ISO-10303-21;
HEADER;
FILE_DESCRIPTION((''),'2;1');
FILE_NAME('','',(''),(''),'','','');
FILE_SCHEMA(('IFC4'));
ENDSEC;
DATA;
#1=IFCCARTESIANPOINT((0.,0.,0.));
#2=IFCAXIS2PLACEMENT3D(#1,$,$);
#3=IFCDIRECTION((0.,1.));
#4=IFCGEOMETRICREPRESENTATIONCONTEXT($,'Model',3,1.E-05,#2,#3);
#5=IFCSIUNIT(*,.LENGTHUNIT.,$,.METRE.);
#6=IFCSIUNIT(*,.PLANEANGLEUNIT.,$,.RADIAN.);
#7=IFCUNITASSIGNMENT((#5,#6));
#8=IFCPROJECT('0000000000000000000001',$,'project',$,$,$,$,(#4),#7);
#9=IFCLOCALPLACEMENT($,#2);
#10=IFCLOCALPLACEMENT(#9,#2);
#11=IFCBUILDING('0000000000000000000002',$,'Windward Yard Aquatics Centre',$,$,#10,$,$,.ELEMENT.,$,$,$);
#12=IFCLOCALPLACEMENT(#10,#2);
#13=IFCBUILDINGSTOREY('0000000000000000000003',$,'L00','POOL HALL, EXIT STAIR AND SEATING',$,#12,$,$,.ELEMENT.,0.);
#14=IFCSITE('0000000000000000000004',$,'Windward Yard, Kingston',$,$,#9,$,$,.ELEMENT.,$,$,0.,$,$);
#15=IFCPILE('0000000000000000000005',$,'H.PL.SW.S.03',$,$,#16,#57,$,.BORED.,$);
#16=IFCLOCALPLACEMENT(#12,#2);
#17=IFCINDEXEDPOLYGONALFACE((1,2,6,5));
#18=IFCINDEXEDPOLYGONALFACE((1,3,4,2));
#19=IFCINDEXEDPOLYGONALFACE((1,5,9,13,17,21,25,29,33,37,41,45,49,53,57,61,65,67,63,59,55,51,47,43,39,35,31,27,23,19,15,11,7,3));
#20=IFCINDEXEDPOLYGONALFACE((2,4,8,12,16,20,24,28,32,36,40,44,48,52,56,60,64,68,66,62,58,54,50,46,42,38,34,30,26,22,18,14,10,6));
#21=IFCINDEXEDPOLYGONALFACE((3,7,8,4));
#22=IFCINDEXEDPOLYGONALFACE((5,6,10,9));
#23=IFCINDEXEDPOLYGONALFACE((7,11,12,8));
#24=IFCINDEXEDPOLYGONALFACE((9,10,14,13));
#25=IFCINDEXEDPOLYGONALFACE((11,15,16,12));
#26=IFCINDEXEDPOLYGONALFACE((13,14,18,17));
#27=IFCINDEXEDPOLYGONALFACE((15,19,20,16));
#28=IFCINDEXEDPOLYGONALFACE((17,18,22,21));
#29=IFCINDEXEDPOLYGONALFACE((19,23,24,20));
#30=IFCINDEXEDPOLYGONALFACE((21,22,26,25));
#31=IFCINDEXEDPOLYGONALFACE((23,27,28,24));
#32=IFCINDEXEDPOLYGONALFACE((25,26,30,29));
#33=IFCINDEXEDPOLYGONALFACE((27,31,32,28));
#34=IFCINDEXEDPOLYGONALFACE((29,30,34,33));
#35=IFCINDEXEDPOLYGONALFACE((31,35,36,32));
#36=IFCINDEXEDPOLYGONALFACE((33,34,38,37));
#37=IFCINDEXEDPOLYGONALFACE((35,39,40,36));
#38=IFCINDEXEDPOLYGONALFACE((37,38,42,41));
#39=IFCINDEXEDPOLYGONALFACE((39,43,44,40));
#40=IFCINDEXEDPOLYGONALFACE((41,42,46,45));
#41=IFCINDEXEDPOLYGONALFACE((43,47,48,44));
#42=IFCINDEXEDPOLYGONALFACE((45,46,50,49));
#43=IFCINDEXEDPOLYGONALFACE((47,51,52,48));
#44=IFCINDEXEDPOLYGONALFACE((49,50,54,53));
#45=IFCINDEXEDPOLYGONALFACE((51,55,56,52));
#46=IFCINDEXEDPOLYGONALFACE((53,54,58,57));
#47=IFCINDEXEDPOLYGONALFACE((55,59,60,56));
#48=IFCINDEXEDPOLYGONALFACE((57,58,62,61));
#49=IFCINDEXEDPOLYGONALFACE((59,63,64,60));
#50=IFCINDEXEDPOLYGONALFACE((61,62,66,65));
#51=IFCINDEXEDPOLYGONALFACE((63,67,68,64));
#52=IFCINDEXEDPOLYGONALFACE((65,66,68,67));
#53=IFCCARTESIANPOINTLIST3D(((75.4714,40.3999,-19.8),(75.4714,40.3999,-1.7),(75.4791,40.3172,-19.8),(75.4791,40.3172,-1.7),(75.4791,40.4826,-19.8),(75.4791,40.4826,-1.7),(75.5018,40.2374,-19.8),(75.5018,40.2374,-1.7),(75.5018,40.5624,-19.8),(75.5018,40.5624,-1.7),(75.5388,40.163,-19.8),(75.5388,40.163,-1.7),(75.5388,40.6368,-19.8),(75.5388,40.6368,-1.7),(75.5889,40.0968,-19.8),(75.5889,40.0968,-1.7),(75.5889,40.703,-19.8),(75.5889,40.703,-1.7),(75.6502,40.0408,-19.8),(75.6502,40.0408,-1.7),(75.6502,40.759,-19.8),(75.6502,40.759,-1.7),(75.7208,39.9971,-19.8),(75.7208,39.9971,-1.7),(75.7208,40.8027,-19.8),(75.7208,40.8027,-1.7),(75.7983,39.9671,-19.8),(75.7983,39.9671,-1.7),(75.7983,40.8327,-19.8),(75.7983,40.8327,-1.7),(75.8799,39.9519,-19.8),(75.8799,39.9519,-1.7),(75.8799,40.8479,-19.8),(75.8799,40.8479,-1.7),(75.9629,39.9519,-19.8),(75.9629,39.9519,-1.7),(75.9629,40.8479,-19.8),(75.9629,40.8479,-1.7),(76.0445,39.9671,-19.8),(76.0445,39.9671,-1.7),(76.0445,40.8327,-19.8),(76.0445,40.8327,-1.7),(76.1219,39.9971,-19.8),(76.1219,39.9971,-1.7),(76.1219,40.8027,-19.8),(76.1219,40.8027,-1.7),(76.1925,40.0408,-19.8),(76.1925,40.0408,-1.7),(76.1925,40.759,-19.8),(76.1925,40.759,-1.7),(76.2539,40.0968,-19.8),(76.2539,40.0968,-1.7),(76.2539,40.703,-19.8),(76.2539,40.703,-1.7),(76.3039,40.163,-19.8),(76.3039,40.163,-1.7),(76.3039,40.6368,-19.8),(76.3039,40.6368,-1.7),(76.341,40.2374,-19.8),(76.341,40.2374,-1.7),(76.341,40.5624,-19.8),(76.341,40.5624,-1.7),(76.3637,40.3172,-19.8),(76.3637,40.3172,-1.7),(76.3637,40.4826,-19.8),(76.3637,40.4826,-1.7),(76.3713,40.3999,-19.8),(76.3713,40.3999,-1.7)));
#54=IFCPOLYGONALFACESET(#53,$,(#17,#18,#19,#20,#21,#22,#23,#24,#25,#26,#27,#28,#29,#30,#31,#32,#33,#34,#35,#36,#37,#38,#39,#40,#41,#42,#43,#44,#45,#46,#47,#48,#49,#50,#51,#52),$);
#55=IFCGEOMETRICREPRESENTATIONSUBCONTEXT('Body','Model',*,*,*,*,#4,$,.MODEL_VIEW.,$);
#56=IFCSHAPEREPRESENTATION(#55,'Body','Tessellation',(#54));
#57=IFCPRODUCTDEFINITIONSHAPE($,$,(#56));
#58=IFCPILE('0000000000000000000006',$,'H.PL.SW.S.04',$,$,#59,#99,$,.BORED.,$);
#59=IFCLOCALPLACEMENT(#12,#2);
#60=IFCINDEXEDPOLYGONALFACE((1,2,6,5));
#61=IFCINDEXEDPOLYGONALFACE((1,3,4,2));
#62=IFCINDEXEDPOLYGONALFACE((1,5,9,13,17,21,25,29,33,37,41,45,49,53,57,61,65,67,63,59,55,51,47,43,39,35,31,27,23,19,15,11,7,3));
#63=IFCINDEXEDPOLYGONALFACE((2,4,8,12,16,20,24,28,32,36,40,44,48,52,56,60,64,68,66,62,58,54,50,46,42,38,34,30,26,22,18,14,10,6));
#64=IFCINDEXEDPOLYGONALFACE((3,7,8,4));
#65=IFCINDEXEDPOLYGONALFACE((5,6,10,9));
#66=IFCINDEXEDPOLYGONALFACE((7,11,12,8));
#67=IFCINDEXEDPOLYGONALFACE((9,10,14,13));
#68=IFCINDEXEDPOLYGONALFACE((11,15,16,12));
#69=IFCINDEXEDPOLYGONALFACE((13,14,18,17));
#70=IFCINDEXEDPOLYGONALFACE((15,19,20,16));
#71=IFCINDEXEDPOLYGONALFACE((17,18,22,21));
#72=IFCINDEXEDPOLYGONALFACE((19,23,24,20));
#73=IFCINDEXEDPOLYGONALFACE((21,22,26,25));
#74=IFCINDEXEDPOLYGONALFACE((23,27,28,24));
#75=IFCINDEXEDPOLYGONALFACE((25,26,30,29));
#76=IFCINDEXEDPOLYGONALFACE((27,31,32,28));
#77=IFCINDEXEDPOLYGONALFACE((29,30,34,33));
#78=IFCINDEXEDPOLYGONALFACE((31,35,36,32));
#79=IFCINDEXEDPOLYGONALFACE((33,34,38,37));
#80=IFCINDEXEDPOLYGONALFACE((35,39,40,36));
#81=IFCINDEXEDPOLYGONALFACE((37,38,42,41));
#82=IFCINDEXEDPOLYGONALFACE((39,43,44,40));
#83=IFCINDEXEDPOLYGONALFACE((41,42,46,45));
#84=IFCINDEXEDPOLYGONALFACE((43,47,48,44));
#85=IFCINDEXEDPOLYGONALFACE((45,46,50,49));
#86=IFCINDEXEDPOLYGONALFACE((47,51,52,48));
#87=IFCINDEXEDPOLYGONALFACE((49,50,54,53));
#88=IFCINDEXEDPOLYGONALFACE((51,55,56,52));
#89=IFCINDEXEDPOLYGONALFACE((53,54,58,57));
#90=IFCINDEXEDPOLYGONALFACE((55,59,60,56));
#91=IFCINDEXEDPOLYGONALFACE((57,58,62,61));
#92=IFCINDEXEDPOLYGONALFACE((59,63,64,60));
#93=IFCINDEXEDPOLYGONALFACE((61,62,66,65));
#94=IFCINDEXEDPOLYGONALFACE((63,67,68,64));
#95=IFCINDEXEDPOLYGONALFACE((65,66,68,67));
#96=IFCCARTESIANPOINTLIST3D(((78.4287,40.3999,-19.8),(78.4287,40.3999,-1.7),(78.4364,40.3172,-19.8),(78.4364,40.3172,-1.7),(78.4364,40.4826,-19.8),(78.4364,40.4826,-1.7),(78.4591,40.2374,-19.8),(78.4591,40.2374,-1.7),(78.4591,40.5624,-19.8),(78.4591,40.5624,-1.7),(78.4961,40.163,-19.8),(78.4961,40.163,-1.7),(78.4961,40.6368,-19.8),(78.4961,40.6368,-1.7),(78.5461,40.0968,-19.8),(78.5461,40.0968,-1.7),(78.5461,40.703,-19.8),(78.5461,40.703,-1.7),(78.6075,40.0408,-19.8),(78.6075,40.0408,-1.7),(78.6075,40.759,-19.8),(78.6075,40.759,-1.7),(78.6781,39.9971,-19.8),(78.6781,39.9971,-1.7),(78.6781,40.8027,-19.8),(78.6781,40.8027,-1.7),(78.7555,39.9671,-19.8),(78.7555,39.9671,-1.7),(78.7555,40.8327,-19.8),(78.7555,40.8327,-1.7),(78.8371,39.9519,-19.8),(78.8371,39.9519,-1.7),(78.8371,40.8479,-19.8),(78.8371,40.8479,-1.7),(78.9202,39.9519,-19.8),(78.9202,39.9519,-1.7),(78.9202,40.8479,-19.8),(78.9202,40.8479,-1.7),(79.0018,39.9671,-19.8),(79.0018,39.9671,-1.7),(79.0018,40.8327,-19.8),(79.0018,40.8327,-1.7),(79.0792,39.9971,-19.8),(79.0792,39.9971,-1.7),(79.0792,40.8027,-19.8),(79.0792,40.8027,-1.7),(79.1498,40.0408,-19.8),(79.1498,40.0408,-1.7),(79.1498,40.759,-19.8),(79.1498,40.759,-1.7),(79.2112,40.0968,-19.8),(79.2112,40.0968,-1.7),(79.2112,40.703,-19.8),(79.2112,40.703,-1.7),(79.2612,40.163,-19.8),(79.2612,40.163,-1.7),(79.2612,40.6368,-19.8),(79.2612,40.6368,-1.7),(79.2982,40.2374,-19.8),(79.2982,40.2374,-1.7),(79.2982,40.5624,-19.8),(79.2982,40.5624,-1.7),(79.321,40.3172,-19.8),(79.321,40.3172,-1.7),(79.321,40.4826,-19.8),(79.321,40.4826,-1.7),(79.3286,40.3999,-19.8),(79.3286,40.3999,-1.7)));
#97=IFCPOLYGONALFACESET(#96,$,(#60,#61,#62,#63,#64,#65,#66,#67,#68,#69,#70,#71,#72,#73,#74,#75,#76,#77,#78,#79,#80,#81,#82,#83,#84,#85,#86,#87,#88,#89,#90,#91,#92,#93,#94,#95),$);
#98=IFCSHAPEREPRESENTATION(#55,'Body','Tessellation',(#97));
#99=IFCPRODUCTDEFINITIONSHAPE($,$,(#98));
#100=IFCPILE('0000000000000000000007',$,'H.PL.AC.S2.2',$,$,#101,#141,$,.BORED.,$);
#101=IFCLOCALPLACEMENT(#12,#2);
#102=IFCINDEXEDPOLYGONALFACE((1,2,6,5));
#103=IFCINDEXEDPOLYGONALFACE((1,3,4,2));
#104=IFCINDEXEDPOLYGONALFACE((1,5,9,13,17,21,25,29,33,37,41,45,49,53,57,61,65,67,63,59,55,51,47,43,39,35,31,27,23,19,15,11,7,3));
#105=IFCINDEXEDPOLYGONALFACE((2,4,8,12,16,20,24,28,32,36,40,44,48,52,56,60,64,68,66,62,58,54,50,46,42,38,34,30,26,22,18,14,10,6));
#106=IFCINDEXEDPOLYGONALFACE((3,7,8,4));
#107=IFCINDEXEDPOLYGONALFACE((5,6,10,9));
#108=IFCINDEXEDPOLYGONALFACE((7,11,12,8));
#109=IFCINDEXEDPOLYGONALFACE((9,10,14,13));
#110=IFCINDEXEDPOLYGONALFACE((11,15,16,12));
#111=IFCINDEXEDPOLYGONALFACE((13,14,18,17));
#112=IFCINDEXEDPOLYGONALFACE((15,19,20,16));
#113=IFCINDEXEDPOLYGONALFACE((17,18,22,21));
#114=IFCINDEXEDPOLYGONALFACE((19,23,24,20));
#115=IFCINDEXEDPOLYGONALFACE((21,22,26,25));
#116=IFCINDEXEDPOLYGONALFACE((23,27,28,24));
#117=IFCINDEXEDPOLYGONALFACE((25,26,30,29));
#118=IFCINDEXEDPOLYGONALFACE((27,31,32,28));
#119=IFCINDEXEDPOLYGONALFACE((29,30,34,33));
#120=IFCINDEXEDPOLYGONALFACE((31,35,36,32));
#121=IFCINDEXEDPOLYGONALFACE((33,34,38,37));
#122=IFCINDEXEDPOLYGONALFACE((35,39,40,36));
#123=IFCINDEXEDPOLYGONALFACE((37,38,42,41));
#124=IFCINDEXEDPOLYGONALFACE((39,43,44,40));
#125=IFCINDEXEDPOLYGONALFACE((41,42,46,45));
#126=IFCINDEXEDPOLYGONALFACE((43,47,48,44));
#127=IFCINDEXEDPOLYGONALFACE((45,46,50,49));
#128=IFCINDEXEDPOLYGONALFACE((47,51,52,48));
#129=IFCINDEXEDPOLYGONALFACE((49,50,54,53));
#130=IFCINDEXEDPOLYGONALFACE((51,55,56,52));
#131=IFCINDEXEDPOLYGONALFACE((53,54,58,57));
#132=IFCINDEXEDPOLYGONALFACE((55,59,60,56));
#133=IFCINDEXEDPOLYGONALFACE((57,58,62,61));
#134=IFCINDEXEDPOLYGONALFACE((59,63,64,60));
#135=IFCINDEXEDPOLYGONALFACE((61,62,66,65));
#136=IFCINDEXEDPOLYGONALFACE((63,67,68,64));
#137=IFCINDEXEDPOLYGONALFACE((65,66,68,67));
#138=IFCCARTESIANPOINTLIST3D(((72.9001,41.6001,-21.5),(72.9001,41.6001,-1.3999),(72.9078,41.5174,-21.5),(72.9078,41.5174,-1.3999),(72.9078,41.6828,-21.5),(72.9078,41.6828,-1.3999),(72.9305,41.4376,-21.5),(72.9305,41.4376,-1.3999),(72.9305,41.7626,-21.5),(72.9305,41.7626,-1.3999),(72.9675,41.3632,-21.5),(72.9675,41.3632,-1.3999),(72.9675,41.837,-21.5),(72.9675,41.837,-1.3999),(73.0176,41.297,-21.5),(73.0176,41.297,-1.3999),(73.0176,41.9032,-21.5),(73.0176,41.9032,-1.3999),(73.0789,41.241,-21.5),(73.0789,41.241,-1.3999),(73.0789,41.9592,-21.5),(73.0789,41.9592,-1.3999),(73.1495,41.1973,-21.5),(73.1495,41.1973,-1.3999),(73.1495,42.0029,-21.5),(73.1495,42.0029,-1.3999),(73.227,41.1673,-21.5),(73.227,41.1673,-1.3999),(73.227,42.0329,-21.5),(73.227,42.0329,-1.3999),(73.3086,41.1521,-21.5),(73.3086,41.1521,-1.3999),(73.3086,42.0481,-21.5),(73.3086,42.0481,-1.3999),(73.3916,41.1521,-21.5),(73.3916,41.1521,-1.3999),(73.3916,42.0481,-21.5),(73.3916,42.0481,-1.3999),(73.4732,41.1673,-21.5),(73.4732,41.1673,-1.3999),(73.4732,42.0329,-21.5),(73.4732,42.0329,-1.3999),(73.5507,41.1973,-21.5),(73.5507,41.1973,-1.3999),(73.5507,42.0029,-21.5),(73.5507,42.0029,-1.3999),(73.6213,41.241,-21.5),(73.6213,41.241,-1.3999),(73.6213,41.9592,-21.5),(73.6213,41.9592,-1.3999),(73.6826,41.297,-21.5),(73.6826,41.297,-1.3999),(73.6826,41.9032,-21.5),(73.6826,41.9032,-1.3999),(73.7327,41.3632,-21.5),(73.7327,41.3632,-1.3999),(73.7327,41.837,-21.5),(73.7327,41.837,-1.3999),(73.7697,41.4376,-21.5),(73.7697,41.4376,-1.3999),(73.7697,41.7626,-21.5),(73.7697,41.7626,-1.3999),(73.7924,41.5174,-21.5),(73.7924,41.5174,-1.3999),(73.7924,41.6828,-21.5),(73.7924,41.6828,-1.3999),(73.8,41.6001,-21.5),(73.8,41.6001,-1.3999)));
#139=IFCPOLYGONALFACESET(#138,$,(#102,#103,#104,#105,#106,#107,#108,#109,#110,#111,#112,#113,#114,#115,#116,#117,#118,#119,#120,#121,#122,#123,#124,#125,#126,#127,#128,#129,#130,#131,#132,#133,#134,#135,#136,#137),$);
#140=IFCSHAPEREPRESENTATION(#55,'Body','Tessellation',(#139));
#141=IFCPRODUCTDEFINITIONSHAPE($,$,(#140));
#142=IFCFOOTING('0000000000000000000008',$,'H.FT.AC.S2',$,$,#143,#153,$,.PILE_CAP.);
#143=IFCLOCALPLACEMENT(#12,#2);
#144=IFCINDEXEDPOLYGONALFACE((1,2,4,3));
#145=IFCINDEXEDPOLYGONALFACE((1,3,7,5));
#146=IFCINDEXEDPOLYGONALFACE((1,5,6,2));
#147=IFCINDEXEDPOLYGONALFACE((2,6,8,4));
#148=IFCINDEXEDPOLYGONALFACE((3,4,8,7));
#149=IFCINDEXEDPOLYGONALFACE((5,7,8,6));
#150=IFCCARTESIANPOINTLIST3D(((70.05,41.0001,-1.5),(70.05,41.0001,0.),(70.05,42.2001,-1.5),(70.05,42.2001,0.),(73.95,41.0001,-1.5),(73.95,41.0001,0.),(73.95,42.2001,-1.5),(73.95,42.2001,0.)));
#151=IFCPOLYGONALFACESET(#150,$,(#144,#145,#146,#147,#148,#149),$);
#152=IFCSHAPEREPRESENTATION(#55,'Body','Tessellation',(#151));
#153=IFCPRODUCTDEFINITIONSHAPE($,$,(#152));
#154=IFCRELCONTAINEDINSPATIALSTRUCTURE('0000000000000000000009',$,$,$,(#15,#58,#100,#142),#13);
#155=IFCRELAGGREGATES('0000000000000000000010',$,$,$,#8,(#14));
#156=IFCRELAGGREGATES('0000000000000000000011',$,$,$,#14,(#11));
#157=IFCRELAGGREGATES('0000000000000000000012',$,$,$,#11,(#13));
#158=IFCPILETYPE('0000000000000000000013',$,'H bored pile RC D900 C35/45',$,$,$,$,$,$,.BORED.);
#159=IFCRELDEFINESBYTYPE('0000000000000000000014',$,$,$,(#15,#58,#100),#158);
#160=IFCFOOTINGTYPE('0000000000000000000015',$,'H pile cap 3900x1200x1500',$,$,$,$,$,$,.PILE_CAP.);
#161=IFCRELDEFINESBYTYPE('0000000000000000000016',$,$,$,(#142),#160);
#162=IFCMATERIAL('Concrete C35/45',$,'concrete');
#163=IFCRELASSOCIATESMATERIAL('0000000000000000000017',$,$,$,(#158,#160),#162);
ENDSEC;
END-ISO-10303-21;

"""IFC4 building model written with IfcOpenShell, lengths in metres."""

from ifc_helpers import new_model, si_unit, direction, frame, origin, origin_2d, place, context, subcontext, project, spatial, rectangle, circle, extrude, material, material_profile, profile_set, type_object, element, save


model = new_model("IFC4")

# Units and contexts
model_context = context("Model", 3, precision=1e-05, world=origin(), true_north=direction((0.0, 1.0)))
body_context = subcontext(model_context, "Body", "Model", "MODEL_VIEW")
ifc_project = project(units=[si_unit("LENGTHUNIT", "METRE"), si_unit("PLANEANGLEUNIT", "RADIAN")], contexts=[model_context])

# Site, building, storey
site_placement = place(None, origin())
site = spatial("IfcSite", under=ifc_project, at=site_placement, Name="Windward Yard, Kingston", CompositionType="ELEMENT", RefElevation=0.0)
building_placement = place(site_placement, origin())
building = spatial("IfcBuilding", under=site, at=building_placement, Name="Windward Yard Aquatics Centre", CompositionType="ELEMENT")
storey_placement = place(building_placement, origin())
storey = spatial("IfcBuildingStorey", under=building, at=storey_placement, Name="L00", Description="POOL HALL, EXIT STAIR AND SEATING", CompositionType="ELEMENT", Elevation=0.0)

# Piles
ifc_material_1 = material(Name="Concrete C35/45", Category="concrete")
ifc_material_profile_1 = material_profile(ifc_material_1, circle(Radius=0.45, at=origin_2d()), Name="RC D900")
ifc_profile_set_1 = profile_set([ifc_material_profile_1], Name="Concrete C35/45")
pile_type = type_object("IfcPileType", Name="H bored pile RC D900 C35/45", PredefinedType="BORED", material=ifc_profile_set_1)
for number, where, z_axis, x_axis, name in (
    (1, (75.9214, 40.3999, -1.7), (0.0, 0.0, -1.0), (1.0, 0.0, 0.0), "H.PL.SW.S.03"),
    (2, (78.8787, 40.3999, -1.7), (0.0, 0.0, -1.0), (1.0, 0.0, 0.0), "H.PL.SW.S.04"),
):
    element("IfcPile", number, at=place(storey_placement, frame(where, z_axis=z_axis, x_axis=x_axis)), inside=storey, type_object=pile_type, Name=name, PredefinedType="BORED", context=body_context, shape_type="SweptSolid", body=[
        extrude(circle(Radius=0.45, at=origin_2d()), origin(), (0.0, 0.0, 1.0), 18.1001),
    ])
pile_placement = place(storey_placement, frame((73.3501, 41.6001, -1.3999), z_axis=(0.0, 0.0, -1.0), x_axis=(1.0, 0.0, 0.0)))
element("IfcPile", 3, at=pile_placement, inside=storey, type_object=pile_type, Name="H.PL.AC.S2.2", PredefinedType="BORED", context=body_context, shape_type="SweptSolid", body=[
    extrude(circle(Radius=0.45, at=origin_2d()), origin(), (0.0, 0.0, 1.0), 20.1001),
])

# Footing
footing_type = type_object("IfcFootingType", Name="H pile cap 3900x1200x1500", PredefinedType="PILE_CAP", material=ifc_material_1)
footing_placement = place(storey_placement, frame((72.0, 41.6001, -1.5), z_axis=(0.0, 0.0, 1.0), x_axis=(1.0, 0.0, 0.0)))
element("IfcFooting", 4, at=footing_placement, inside=storey, type_object=footing_type, Name="H.FT.AC.S2", PredefinedType="PILE_CAP", context=body_context, shape_type="SweptSolid", body=[
    extrude(rectangle(XDim=3.8999, YDim=1.2, at=origin_2d()), origin(), (0.0, 0.0, 1.0), 1.5),
])

save(model, "model.ifc")
